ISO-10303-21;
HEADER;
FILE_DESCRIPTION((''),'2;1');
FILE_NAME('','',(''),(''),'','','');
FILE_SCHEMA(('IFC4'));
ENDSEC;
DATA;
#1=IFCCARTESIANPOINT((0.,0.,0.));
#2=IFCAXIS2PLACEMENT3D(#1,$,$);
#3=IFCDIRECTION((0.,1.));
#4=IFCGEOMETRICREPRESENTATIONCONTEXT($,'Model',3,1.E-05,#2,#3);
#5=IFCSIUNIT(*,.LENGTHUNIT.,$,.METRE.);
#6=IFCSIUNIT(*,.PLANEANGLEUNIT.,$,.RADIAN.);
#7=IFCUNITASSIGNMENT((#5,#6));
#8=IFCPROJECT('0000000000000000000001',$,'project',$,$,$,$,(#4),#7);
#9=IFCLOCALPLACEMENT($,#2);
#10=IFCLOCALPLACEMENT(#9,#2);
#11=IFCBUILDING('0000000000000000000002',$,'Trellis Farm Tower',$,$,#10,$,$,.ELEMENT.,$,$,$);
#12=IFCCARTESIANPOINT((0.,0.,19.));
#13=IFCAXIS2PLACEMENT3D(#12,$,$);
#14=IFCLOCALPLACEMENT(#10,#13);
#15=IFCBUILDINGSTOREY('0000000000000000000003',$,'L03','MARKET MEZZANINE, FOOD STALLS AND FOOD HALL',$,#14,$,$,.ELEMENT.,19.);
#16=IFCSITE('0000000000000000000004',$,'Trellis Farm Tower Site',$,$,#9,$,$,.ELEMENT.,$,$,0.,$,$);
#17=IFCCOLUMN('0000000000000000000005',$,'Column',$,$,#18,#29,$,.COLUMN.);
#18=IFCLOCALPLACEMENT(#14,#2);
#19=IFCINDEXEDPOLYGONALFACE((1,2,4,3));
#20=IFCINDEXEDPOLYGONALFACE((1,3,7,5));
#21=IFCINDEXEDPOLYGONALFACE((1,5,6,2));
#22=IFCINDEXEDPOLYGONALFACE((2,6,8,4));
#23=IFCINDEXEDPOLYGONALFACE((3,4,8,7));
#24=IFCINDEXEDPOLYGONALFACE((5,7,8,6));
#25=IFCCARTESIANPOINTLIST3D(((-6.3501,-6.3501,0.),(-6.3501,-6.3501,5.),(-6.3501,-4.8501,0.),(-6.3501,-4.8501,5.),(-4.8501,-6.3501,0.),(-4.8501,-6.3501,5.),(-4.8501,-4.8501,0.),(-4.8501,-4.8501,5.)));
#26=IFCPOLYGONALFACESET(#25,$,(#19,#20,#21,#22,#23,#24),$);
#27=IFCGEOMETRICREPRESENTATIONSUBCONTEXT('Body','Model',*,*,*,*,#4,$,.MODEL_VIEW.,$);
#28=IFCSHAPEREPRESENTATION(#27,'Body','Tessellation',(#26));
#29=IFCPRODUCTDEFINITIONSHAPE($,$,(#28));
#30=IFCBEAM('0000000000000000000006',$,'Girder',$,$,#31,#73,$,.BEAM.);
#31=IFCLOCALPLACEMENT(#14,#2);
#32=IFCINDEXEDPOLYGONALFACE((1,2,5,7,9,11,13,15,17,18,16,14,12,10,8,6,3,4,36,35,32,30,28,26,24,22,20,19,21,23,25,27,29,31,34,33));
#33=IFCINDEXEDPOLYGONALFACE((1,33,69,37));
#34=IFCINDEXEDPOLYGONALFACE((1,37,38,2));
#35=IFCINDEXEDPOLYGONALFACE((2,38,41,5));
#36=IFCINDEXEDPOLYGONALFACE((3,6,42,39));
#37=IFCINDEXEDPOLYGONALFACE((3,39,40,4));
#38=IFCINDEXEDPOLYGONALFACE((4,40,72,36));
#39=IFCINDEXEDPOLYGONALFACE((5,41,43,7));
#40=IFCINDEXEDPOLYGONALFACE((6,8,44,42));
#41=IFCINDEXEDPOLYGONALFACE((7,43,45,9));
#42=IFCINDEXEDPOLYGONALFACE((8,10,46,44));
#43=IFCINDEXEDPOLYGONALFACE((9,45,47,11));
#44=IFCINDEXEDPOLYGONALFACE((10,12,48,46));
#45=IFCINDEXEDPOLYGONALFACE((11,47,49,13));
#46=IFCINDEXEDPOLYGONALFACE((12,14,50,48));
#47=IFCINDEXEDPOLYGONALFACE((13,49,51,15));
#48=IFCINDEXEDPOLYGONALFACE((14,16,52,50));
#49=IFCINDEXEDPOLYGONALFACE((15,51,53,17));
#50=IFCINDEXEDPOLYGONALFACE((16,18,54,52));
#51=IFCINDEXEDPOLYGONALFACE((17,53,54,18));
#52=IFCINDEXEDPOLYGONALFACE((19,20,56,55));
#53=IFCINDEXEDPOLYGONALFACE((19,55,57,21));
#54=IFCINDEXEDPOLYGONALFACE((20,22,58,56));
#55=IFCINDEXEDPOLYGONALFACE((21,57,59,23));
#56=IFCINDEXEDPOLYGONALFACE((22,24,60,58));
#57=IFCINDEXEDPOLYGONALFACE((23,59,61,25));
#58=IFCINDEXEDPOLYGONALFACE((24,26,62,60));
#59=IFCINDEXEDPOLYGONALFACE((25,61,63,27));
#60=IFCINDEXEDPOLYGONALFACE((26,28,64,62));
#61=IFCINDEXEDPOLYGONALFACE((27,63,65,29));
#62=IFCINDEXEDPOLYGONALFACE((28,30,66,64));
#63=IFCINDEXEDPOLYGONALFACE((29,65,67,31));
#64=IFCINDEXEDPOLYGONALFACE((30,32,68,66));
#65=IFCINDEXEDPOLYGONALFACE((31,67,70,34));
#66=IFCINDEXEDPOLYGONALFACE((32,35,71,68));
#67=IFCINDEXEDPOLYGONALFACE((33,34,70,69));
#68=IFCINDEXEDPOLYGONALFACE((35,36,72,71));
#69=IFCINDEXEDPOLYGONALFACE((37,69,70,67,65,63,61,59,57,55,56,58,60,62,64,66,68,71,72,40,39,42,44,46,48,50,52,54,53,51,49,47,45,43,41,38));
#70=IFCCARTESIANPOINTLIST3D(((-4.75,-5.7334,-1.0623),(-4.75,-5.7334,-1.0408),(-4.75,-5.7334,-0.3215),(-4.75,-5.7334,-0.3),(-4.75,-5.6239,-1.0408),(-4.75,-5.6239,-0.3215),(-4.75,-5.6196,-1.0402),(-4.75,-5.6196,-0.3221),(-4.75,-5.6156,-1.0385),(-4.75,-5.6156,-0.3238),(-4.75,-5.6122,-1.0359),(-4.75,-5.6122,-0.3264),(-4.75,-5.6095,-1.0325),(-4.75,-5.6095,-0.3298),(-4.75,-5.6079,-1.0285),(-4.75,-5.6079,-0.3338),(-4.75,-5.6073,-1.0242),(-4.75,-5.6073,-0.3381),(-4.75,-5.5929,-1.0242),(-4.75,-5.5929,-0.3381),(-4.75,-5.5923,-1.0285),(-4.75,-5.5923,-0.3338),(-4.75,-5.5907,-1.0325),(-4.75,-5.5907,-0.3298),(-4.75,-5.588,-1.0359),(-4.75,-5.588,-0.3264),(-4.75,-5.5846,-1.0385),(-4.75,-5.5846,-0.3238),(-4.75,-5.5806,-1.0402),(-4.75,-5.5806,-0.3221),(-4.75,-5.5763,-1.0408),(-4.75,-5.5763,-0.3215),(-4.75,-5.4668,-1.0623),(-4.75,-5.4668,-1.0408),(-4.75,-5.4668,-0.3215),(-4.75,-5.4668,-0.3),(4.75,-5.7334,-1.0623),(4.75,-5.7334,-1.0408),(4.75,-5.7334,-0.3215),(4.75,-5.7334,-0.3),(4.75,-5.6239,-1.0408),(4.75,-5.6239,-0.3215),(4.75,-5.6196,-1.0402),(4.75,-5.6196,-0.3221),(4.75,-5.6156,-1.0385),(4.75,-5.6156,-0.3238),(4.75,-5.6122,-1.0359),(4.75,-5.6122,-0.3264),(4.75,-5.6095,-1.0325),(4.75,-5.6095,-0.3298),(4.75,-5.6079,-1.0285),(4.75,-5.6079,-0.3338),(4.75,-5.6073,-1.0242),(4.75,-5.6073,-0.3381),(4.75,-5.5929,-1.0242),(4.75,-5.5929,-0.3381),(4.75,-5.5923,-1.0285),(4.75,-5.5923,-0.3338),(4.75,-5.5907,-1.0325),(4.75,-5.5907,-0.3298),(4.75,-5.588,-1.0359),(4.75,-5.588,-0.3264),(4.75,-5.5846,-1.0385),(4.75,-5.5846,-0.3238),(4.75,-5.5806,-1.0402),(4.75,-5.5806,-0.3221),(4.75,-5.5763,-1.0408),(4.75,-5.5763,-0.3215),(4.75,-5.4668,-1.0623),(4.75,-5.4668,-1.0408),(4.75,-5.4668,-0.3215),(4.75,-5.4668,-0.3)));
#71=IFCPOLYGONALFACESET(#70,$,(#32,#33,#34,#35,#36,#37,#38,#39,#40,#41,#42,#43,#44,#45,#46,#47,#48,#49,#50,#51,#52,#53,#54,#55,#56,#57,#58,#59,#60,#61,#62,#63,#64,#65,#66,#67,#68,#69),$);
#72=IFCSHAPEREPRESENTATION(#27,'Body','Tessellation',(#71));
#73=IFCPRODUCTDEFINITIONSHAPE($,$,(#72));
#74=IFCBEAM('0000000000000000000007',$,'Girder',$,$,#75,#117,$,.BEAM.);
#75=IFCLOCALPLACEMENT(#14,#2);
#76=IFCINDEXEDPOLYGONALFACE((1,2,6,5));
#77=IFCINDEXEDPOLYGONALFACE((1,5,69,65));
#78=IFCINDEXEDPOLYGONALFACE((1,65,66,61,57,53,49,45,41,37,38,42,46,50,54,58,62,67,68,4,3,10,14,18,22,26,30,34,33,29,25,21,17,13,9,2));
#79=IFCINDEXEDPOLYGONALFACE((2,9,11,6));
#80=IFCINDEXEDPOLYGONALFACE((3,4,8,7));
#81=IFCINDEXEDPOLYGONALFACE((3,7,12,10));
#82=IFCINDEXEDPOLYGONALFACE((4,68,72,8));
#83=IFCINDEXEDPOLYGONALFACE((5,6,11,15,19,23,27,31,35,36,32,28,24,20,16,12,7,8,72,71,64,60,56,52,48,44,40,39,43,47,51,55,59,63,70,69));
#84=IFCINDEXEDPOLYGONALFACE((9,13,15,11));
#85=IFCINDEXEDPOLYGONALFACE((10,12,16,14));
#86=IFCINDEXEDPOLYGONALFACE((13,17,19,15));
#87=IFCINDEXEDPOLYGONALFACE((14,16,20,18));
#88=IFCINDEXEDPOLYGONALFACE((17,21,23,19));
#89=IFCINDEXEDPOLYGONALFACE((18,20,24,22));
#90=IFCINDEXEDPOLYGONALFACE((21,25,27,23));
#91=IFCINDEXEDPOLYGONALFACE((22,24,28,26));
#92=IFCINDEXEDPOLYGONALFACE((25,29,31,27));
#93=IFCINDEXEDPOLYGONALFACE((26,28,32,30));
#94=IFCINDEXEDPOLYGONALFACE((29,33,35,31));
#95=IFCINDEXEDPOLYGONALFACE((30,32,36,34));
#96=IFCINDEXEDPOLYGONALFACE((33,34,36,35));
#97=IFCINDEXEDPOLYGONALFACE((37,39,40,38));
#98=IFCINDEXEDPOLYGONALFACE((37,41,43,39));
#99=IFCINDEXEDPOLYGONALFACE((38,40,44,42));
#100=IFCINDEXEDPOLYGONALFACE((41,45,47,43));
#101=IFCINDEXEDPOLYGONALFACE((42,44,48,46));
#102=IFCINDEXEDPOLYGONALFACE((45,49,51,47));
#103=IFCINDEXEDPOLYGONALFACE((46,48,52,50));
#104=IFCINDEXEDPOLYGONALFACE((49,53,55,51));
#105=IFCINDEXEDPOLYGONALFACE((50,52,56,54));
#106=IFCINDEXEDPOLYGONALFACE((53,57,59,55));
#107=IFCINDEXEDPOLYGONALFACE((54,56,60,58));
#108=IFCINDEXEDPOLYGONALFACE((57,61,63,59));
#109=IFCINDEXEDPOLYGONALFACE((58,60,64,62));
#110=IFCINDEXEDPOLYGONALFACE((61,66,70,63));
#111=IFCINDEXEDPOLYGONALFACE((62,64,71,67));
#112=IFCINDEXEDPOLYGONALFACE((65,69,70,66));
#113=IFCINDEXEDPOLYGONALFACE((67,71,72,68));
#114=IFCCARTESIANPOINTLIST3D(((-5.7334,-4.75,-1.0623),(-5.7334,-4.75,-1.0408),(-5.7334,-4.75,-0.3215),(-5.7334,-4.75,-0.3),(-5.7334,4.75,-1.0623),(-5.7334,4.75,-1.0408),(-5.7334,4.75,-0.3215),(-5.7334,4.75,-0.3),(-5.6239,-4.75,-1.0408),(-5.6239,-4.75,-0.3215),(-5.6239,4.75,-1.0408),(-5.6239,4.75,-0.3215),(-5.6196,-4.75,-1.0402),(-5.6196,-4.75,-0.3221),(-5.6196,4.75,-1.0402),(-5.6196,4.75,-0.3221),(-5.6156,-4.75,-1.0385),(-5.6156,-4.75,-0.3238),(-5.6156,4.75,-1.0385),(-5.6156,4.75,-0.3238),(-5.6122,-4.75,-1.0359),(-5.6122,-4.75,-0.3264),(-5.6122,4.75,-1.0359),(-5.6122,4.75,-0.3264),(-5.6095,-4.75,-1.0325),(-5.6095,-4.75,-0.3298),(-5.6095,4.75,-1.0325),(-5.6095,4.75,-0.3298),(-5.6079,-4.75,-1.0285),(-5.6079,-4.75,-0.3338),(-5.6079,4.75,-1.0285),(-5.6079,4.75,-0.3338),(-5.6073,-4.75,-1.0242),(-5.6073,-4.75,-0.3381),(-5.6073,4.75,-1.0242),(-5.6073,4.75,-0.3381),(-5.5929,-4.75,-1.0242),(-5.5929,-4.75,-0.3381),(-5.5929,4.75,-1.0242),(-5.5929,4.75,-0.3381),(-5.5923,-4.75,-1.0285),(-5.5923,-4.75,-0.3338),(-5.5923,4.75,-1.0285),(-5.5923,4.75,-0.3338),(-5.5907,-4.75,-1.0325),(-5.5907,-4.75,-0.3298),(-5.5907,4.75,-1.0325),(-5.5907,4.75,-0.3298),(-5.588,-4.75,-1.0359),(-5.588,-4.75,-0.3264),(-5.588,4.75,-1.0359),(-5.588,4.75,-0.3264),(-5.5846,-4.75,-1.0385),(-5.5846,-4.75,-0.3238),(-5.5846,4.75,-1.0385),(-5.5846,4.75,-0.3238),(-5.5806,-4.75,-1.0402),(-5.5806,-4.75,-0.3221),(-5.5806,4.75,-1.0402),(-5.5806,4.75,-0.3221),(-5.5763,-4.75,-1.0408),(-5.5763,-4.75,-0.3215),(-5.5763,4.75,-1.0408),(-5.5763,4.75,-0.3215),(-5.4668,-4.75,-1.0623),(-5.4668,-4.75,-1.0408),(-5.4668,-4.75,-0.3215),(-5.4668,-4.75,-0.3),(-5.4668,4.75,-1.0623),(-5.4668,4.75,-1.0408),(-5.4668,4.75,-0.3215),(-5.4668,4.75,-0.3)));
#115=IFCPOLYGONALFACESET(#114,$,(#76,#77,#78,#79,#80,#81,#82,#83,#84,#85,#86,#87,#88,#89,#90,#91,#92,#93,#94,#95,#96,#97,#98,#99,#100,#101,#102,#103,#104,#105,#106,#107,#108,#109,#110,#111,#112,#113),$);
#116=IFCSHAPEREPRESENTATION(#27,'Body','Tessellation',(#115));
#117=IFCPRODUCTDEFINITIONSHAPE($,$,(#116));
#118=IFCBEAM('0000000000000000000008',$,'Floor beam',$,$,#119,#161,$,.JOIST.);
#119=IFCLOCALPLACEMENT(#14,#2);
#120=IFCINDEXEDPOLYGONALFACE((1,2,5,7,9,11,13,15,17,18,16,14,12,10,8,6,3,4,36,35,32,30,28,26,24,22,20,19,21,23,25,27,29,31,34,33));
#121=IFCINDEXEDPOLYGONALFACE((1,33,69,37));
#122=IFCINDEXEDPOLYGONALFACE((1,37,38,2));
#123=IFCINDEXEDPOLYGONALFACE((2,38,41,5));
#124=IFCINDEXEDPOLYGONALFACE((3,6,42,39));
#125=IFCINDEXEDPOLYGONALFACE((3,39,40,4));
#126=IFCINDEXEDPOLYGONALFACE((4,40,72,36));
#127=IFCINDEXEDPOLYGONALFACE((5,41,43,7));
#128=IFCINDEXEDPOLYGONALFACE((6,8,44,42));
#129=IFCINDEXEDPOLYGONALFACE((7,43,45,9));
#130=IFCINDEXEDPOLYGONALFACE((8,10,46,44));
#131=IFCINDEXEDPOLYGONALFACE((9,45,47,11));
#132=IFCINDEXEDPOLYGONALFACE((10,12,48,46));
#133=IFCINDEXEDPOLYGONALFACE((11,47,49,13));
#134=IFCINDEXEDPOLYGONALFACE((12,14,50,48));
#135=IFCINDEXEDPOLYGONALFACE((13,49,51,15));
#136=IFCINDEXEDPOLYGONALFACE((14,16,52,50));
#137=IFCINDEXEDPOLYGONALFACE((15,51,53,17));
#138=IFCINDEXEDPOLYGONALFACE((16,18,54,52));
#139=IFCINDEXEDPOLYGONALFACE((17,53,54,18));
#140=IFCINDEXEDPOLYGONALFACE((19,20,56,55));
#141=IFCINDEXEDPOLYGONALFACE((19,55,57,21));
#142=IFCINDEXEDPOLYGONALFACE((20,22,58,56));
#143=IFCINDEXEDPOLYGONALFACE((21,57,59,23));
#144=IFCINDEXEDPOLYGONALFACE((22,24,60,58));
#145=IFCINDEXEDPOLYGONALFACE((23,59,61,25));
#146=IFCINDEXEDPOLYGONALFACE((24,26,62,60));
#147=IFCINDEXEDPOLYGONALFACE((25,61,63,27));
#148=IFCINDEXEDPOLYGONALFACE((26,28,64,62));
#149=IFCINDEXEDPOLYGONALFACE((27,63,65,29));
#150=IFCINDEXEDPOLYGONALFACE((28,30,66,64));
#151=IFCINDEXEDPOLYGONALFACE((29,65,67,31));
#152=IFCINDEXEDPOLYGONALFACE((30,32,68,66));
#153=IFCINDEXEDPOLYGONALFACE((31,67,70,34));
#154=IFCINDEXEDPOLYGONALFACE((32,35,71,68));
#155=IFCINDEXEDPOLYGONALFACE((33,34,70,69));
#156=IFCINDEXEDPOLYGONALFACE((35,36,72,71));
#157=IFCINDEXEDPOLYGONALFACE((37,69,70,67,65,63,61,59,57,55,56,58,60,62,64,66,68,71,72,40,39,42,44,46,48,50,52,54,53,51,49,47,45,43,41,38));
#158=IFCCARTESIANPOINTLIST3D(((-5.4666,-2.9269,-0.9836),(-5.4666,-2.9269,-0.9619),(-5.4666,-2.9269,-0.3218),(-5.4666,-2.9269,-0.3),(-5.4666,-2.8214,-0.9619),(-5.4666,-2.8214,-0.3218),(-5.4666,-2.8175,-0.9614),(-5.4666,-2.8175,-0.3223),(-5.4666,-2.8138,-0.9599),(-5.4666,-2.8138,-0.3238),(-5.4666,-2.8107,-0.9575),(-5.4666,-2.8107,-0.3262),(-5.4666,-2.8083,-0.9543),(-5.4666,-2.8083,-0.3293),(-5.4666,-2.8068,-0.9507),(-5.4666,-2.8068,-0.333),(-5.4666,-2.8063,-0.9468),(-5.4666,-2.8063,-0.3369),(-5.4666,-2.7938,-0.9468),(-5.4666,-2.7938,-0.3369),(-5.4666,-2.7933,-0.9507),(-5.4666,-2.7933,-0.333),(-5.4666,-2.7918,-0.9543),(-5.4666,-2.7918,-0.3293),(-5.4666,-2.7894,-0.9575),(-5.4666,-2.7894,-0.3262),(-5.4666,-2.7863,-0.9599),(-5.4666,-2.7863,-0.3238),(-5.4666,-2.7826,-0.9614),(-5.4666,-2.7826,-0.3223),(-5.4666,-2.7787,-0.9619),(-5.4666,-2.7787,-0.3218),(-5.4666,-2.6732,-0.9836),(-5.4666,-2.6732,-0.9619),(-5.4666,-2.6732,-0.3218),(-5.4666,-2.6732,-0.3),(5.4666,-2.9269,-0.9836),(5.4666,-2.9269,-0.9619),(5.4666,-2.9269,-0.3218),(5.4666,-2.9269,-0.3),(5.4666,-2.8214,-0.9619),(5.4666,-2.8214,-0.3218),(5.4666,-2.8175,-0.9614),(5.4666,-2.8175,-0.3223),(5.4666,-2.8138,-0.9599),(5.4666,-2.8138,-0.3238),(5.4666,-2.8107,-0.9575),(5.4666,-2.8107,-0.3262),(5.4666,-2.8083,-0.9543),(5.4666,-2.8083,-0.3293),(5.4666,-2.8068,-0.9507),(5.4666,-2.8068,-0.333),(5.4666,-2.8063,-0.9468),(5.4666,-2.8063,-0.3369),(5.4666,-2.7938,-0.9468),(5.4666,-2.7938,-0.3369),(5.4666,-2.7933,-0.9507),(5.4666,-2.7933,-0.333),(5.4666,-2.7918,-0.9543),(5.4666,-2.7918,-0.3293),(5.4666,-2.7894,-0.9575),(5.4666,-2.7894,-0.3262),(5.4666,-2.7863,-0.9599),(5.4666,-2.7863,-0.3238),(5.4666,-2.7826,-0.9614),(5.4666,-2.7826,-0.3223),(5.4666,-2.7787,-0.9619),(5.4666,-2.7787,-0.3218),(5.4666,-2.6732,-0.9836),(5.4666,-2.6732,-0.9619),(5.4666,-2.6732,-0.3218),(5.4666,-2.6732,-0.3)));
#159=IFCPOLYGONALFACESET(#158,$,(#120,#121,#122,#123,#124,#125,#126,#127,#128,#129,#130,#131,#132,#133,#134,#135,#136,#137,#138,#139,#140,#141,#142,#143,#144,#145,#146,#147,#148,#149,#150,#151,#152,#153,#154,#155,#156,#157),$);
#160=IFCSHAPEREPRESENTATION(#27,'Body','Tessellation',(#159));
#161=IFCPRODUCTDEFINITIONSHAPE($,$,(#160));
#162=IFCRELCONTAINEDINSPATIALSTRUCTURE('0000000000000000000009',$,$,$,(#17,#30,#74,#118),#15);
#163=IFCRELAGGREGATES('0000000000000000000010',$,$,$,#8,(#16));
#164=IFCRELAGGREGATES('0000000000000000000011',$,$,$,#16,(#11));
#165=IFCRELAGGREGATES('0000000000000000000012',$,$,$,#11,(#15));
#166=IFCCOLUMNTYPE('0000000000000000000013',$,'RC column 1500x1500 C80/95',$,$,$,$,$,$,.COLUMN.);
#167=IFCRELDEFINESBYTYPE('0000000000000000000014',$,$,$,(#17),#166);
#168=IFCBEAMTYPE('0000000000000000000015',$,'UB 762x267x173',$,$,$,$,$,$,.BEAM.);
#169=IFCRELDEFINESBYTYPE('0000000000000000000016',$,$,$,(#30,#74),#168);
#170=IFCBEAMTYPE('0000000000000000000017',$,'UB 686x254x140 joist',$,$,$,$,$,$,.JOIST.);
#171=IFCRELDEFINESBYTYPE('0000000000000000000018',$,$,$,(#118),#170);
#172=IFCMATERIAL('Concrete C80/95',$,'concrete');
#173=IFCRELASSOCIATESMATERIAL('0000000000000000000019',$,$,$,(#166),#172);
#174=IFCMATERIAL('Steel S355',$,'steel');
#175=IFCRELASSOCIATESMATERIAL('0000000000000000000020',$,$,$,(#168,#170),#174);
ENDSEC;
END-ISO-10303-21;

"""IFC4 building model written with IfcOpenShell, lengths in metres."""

from ifc_helpers import new_model, si_unit, direction, frame, origin, origin_2d, place, context, subcontext, project, spatial, rectangle, i_section, extrude, source, transform, mapped, material, material_profile, profile_set, type_object, element, save


model = new_model("IFC4")

# Units and contexts
model_context = context("Model", 3, precision=1e-05, world=origin(), true_north=direction((0.0, 1.0)))
body_context = subcontext(model_context, "Body", "Model", "MODEL_VIEW")
ifc_project = project(units=[si_unit("LENGTHUNIT", "METRE"), si_unit("PLANEANGLEUNIT", "RADIAN")], contexts=[model_context])

# Site, building, storey
site_placement = place(None, origin())
site = spatial("IfcSite", under=ifc_project, at=site_placement, Name="Trellis Farm Tower Site", CompositionType="ELEMENT", RefElevation=0.0)
building_placement = place(site_placement, origin())
building = spatial("IfcBuilding", under=site, at=building_placement, Name="Trellis Farm Tower", CompositionType="ELEMENT")
storey_placement = place(building_placement, frame((0.0, 0.0, 19.0)))
storey = spatial("IfcBuildingStorey", under=building, at=storey_placement, Name="L03", Description="MARKET MEZZANINE, FOOD STALLS AND FOOD HALL", CompositionType="ELEMENT", Elevation=19.0)

# Column
ifc_material_1 = material(Name="Concrete C80/95", Category="concrete")
ifc_material_profile_1 = material_profile(ifc_material_1, rectangle(XDim=1.5, YDim=1.5, at=origin_2d()), Name="RC column 1500x1500 C80/95")
ifc_profile_set_1 = profile_set([ifc_material_profile_1], Name="Concrete C80/95")
column_type = type_object("IfcColumnType", Name="RC column 1500x1500 C80/95", PredefinedType="COLUMN", material=ifc_profile_set_1)
shared_shape_1 = source(origin(), body_context, "Body", "SweptSolid", [
    extrude(rectangle(XDim=1.5, YDim=1.5, at=origin_2d()), origin(), (0.0, 0.0, 1.0), 5.0),
])
column_placement = place(storey_placement, frame((-5.6001, -5.6001, 0.0), z_axis=(0.0, 0.0, 1.0), x_axis=(1.0, 0.0, 0.0)))
element("IfcColumn", 1, at=column_placement, inside=storey, type_object=column_type, Name="Column", PredefinedType="COLUMN", context=body_context, shape_type="MappedRepresentation", body=[
    mapped(shared_shape_1, transform((0.0, 0.0, 0.0))),
])

# Beams
ifc_material_2 = material(Name="Steel S355", Category="steel")
ifc_material_profile_2 = material_profile(ifc_material_2, i_section(OverallWidth=0.2666, OverallDepth=0.7622, WebThickness=0.0144, FlangeThickness=0.0215, FilletRadius=0.0166, at=origin_2d()), Name="UB 762x267x173")
ifc_profile_set_2 = profile_set([ifc_material_profile_2], Name="Steel S355")
beam_type_1 = type_object("IfcBeamType", Name="UB 762x267x173", PredefinedType="BEAM", material=ifc_profile_set_2)
shared_shape_2 = source(origin(), body_context, "Body", "SweptSolid", [
    extrude(i_section(OverallWidth=0.2666, OverallDepth=0.7622, WebThickness=0.0144, FlangeThickness=0.0215, FilletRadius=0.0166, at=origin_2d()), origin(), (0.0, 0.0, 1.0), 9.5),
])
for number, where, z_axis, x_axis, name in (
    (2, (-4.75, -5.6001, -0.6812), (1.0, 0.0, 0.0), (0.0, 1.0, 0.0), "Girder"),
    (3, (-5.6001, -4.75, -0.6812), (0.0, 1.0, 0.0), (-1.0, 0.0, 0.0), "Girder"),
):
    element("IfcBeam", number, at=place(storey_placement, frame(where, z_axis=z_axis, x_axis=x_axis)), inside=storey, type_object=beam_type_1, Name=name, PredefinedType="BEAM", context=body_context, shape_type="MappedRepresentation", body=[
        mapped(shared_shape_2, transform((0.0, 0.0, 0.0))),
    ])
ifc_material_profile_3 = material_profile(ifc_material_2, i_section(OverallWidth=0.2537, OverallDepth=0.6836, WebThickness=0.0125, FlangeThickness=0.0217, FilletRadius=0.0151, at=origin_2d()), Name="UB 686x254x140")
ifc_profile_set_3 = profile_set([ifc_material_profile_3], Name="Steel S355")
beam_type_2 = type_object("IfcBeamType", Name="UB 686x254x140 joist", PredefinedType="JOIST", material=ifc_profile_set_3)
shared_shape_3 = source(origin(), body_context, "Body", "SweptSolid", [
    extrude(i_section(OverallWidth=0.2537, OverallDepth=0.6836, WebThickness=0.0125, FlangeThickness=0.0217, FilletRadius=0.0151, at=origin_2d()), origin(), (0.0, 0.0, 1.0), 10.9331),
])
for number, where, z_axis, x_axis, name in (
    (4, (-5.4666, -2.8, -0.6418), (1.0, 0.0, 0.0), (0.0, 1.0, 0.0), "Floor beam"),
):
    element("IfcBeam", number, at=place(storey_placement, frame(where, z_axis=z_axis, x_axis=x_axis)), inside=storey, type_object=beam_type_2, Name=name, PredefinedType="JOIST", context=body_context, shape_type="MappedRepresentation", body=[
        mapped(shared_shape_3, transform((0.0, 0.0, 0.0))),
    ])

save(model, "model.ifc")
